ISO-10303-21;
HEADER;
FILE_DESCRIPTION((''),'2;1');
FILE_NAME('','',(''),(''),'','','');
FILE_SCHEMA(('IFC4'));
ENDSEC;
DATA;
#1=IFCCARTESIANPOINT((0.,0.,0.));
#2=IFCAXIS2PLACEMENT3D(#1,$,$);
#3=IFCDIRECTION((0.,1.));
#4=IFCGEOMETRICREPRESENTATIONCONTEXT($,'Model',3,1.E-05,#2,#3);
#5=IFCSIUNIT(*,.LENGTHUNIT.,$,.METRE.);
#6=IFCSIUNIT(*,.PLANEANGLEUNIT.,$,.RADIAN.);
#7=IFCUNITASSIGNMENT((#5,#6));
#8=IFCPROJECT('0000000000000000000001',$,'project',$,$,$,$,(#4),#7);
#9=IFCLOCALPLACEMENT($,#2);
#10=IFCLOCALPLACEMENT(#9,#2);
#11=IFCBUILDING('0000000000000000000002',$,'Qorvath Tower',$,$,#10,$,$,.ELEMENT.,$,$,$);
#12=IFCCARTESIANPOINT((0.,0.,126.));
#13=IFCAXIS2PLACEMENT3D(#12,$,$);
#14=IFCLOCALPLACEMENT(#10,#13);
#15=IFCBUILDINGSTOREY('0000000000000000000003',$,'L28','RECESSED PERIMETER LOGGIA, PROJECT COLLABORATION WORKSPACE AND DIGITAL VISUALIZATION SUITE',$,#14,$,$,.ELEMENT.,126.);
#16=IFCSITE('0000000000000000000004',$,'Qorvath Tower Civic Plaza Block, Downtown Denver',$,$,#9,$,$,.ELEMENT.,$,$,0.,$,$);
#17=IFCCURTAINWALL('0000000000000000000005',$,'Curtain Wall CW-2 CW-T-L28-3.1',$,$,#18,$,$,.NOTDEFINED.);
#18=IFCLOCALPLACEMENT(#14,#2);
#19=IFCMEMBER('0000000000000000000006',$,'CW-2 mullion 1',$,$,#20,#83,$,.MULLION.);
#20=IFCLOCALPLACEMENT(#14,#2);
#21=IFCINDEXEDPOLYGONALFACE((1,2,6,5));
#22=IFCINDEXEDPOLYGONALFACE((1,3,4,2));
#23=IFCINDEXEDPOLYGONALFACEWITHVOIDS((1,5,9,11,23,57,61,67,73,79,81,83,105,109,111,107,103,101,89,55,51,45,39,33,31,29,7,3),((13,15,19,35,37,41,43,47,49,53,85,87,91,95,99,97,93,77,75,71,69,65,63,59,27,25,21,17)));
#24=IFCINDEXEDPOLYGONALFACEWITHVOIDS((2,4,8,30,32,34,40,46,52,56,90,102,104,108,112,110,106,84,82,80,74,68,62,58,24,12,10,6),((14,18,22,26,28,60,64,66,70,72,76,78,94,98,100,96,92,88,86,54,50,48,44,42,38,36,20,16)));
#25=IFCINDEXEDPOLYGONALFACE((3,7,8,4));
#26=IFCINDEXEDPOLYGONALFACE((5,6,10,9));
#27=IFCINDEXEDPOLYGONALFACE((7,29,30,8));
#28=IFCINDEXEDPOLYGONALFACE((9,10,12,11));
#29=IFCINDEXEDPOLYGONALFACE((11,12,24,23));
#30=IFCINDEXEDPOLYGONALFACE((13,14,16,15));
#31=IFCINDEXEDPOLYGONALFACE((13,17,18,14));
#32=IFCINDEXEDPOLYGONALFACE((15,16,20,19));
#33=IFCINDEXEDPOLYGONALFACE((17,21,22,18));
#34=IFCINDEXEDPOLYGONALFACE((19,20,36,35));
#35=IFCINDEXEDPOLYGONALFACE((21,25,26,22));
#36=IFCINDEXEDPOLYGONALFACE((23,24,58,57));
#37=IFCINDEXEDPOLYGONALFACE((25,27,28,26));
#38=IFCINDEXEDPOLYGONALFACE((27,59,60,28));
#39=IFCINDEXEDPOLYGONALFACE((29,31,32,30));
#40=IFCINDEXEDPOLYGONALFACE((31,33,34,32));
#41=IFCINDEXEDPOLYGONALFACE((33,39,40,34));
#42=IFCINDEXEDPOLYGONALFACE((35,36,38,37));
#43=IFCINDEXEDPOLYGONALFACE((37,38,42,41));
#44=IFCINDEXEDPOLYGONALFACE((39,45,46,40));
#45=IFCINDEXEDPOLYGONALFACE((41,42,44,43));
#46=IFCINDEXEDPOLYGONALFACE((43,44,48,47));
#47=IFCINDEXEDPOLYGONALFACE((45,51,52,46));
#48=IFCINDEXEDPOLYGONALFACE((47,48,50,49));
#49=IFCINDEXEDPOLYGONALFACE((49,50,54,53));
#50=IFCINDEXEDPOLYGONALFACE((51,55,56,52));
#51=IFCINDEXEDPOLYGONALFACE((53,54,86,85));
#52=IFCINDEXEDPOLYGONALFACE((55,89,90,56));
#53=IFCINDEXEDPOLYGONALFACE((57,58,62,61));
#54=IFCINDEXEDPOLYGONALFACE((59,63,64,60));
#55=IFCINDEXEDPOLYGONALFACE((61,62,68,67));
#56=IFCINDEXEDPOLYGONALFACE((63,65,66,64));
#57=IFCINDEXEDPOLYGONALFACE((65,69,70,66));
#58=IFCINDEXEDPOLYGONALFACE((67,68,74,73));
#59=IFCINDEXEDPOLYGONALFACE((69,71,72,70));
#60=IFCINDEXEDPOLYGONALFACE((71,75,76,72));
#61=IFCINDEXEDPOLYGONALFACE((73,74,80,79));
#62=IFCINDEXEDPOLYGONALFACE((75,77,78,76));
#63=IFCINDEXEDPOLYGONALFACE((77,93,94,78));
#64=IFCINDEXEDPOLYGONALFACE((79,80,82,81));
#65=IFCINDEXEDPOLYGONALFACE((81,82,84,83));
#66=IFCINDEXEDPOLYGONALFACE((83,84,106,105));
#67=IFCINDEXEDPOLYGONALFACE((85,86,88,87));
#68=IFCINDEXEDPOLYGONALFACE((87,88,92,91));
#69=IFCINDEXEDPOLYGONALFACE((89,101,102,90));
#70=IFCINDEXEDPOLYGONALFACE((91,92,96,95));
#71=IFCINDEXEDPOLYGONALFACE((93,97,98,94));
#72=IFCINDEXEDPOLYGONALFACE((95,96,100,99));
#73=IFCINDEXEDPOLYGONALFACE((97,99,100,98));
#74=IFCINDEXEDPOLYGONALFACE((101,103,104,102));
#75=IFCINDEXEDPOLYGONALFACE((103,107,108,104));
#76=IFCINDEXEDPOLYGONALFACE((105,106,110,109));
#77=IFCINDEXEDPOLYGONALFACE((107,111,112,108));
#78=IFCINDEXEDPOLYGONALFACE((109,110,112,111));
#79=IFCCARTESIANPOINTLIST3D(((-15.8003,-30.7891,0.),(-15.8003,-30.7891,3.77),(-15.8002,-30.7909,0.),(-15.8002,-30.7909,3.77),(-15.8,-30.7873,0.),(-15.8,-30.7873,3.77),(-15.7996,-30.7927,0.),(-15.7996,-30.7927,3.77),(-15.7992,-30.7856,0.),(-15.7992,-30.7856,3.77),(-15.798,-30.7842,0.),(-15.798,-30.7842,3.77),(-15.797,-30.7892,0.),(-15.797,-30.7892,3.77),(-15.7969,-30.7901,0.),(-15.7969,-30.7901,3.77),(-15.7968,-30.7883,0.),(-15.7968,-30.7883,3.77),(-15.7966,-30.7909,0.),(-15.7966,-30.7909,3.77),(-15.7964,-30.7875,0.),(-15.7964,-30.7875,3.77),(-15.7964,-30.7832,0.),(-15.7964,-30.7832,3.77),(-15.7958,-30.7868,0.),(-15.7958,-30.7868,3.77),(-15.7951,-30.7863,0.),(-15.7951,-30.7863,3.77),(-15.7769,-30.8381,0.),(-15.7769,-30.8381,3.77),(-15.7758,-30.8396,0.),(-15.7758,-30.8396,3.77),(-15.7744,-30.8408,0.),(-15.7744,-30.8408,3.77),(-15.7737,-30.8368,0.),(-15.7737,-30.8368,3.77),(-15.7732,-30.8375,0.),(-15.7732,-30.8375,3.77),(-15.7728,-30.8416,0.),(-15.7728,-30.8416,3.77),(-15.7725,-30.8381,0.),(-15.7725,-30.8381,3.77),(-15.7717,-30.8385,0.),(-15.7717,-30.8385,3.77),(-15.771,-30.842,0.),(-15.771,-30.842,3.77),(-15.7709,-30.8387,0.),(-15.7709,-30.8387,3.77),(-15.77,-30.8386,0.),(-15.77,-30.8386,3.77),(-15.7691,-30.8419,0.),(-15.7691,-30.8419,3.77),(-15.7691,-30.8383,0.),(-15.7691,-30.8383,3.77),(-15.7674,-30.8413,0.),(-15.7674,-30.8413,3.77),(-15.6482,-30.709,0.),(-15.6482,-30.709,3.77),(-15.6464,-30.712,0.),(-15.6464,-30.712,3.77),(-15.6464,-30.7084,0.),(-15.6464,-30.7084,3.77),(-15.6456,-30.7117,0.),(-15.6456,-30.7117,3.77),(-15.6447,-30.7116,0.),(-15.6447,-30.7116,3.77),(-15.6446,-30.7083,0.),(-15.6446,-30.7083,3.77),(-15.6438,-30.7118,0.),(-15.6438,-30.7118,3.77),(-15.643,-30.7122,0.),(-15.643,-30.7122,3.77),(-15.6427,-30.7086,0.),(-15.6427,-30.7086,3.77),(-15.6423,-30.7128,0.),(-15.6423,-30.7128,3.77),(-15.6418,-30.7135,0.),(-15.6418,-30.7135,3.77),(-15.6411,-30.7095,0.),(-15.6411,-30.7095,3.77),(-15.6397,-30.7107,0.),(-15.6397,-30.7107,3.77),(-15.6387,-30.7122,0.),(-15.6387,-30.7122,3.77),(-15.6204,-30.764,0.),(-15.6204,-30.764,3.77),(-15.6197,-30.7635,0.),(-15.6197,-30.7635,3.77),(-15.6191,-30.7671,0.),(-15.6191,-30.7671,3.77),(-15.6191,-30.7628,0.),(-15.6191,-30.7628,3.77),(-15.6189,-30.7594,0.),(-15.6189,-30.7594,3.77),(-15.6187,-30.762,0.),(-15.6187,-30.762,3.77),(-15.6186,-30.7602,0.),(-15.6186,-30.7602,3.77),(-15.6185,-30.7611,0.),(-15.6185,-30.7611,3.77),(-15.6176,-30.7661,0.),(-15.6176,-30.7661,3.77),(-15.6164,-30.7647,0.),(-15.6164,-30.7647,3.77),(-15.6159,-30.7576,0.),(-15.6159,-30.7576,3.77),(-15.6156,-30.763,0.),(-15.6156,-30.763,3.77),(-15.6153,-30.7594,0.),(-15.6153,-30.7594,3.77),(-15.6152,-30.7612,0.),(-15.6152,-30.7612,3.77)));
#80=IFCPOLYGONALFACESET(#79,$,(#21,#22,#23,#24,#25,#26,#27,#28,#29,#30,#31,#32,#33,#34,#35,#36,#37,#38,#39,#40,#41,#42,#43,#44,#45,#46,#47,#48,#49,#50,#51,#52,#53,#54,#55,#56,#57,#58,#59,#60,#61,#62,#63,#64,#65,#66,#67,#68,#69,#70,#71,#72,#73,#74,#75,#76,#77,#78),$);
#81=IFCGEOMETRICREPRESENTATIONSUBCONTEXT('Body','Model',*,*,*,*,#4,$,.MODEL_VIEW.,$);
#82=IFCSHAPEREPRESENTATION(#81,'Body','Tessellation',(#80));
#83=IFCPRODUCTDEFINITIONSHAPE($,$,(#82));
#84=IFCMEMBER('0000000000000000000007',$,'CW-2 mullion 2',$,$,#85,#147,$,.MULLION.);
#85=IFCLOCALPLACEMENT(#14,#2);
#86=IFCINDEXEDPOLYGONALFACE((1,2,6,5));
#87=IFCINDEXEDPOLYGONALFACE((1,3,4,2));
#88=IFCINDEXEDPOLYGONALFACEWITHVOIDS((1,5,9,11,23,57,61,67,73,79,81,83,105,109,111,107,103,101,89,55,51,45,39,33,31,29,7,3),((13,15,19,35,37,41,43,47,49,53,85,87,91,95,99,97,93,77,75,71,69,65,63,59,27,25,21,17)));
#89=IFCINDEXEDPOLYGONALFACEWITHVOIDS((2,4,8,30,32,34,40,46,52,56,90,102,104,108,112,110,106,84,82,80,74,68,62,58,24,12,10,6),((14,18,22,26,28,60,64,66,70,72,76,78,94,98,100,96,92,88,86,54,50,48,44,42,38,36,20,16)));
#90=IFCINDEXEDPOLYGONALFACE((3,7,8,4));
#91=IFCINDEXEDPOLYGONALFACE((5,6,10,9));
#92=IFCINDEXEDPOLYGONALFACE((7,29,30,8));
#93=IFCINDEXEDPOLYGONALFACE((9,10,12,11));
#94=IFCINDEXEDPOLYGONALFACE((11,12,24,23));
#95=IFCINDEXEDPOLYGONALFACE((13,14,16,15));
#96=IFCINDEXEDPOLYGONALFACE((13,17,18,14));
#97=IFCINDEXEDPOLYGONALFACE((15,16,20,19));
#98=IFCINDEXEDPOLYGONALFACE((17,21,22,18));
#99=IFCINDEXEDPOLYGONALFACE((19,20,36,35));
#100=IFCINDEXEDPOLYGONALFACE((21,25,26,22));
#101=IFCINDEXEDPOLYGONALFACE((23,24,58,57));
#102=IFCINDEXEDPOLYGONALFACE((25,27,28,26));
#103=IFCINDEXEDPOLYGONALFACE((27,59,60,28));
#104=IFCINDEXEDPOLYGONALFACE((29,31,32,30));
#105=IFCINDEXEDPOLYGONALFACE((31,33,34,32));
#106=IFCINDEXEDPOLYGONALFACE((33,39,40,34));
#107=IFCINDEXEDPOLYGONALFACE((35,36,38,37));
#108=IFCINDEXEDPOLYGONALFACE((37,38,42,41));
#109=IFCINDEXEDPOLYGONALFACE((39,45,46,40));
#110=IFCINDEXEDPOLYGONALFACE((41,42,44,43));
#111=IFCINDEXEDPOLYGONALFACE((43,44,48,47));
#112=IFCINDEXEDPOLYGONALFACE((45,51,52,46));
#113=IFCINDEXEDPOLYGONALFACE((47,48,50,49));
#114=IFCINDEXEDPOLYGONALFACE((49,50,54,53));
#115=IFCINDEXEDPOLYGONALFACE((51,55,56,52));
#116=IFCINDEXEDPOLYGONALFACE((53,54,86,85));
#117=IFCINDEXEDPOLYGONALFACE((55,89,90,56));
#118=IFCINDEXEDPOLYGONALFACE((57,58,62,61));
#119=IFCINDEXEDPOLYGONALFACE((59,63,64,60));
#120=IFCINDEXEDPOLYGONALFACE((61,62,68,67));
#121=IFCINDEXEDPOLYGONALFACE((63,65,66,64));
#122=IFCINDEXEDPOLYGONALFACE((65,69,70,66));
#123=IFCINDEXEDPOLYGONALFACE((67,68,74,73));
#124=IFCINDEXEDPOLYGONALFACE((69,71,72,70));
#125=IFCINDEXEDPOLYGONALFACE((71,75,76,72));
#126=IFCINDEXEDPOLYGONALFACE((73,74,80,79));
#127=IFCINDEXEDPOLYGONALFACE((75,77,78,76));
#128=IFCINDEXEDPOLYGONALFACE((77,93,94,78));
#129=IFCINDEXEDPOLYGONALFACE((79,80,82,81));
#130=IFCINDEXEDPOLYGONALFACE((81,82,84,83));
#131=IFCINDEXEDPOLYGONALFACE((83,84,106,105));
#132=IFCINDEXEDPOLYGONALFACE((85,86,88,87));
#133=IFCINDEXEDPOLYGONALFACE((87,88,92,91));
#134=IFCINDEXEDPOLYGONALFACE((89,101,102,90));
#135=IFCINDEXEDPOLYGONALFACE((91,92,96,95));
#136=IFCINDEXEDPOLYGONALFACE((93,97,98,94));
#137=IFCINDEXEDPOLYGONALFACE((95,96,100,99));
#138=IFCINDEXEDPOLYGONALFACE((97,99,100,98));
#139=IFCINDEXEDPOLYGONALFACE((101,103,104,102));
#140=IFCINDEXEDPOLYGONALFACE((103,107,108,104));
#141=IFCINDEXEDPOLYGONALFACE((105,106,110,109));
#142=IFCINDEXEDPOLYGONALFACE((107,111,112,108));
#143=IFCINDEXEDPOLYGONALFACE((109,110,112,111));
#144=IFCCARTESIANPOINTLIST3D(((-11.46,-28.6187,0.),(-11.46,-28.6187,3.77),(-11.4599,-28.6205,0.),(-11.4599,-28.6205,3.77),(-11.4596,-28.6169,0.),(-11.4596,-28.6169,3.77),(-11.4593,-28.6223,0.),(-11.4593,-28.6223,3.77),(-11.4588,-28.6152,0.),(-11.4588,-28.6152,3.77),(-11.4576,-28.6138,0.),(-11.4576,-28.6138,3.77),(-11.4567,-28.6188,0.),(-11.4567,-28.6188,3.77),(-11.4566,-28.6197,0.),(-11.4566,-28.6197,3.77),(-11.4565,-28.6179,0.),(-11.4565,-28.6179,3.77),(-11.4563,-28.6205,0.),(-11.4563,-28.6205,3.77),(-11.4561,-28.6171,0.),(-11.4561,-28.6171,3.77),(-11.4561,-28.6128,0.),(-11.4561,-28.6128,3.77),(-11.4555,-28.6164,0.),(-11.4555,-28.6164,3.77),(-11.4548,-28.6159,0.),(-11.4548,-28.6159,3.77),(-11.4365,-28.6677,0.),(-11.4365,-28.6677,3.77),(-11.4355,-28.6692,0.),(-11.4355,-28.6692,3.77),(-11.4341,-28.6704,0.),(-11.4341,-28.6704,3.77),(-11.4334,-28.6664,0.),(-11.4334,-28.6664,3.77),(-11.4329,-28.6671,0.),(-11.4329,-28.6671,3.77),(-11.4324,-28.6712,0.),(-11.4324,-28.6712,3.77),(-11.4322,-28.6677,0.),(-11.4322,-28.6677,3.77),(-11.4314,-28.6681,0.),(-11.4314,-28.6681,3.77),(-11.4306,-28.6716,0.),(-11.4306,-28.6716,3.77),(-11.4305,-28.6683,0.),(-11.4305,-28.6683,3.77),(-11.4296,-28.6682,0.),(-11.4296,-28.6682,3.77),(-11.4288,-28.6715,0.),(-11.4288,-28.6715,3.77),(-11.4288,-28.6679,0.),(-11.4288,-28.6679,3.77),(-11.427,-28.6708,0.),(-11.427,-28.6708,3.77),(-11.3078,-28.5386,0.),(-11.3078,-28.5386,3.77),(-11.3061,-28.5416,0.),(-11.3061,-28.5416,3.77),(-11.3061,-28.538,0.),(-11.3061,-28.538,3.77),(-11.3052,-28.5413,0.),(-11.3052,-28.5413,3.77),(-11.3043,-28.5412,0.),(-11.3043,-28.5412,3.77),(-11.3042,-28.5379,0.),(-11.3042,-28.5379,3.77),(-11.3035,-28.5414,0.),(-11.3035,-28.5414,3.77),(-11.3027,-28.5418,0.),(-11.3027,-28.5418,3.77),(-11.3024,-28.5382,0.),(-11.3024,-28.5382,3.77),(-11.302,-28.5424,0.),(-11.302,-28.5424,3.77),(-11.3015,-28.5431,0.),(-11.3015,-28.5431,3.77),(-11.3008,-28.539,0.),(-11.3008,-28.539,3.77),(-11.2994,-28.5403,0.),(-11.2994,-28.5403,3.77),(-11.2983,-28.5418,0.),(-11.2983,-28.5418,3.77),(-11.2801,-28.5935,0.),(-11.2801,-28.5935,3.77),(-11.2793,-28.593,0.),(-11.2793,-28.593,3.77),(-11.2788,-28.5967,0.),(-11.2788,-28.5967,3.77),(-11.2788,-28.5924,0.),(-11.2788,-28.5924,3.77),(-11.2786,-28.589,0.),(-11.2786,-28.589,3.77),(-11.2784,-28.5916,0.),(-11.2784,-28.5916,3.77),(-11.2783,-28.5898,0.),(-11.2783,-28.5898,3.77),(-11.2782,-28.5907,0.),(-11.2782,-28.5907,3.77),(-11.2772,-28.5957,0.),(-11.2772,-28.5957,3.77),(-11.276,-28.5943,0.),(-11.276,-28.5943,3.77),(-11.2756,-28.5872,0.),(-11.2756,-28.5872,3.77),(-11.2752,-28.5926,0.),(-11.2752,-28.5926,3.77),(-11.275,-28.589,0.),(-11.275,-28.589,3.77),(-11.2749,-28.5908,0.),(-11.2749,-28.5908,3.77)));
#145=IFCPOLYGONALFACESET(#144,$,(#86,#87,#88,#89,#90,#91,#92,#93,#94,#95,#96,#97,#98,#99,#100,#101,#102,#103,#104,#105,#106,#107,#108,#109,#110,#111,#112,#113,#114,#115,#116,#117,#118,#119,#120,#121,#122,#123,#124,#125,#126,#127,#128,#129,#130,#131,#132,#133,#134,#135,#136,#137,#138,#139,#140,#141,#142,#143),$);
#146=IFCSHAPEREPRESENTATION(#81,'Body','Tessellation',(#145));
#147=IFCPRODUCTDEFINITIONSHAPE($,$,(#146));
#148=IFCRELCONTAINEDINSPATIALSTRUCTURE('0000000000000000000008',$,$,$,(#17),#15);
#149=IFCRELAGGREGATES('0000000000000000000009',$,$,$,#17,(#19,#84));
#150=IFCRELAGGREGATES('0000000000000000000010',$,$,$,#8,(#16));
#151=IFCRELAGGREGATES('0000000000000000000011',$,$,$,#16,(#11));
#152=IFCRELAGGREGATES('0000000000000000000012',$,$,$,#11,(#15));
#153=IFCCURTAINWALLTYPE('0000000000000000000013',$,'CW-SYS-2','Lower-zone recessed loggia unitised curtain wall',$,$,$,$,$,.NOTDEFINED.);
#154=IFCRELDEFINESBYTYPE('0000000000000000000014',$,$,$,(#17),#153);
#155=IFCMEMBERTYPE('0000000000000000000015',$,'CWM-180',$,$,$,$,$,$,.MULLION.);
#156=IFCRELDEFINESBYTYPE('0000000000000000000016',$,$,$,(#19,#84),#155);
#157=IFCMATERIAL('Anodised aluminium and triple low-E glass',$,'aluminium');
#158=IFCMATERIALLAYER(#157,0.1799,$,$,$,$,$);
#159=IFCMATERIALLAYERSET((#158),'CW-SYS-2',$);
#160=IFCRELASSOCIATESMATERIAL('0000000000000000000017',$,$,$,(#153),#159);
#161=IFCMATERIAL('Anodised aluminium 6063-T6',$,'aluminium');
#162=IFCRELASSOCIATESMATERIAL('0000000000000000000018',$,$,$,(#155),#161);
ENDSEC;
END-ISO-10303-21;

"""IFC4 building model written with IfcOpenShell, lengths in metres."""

from ifc_helpers import new_model, si_unit, direction, frame, origin, origin_2d, place, context, subcontext, project, spatial, hollow_rectangle, extrude, material, layer, layer_set, material_profile, profile_set, type_object, element, aggregate, save


model = new_model("IFC4")

# Units and contexts
model_context = context("Model", 3, precision=1e-05, world=origin(), true_north=direction((0.0, 1.0)))
body_context = subcontext(model_context, "Body", "Model", "MODEL_VIEW")
ifc_project = project(units=[si_unit("LENGTHUNIT", "METRE"), si_unit("PLANEANGLEUNIT", "RADIAN")], contexts=[model_context])

# Site, building, storey
site_placement = place(None, origin())
site = spatial("IfcSite", under=ifc_project, at=site_placement, Name="Qorvath Tower Civic Plaza Block, Downtown Denver", CompositionType="ELEMENT", RefElevation=0.0)
building_placement = place(site_placement, origin())
building = spatial("IfcBuilding", under=site, at=building_placement, Name="Qorvath Tower", CompositionType="ELEMENT")
storey_placement = place(building_placement, frame((0.0, 0.0, 126.0)))
storey = spatial("IfcBuildingStorey", under=building, at=storey_placement, Name="L28", Description="RECESSED PERIMETER LOGGIA, PROJECT COLLABORATION WORKSPACE AND DIGITAL VISUALIZATION SUITE", CompositionType="ELEMENT", Elevation=126.0)

# Curtain wall, members
ifc_material_1 = material(Name="Anodised aluminium and triple low-E glass", Category="aluminium")
ifc_layer_1 = layer(ifc_material_1, 0.1799)
ifc_layer_set_1 = layer_set([ifc_layer_1], Name="CW-SYS-2")
curtain_wall_type = type_object("IfcCurtainWallType", Name="CW-SYS-2", Description="Lower-zone recessed loggia unitised curtain wall", PredefinedType="NOTDEFINED", material=ifc_layer_set_1)
ifc_material_2 = material(Name="Anodised aluminium 6063-T6", Category="aluminium")
ifc_material_profile_1 = material_profile(ifc_material_2, hollow_rectangle(XDim=0.0649, YDim=0.1799, WallThickness=0.0034, InnerFilletRadius=0.0034, OuterFilletRadius=0.0071, at=origin_2d()), Name="CWM 180x65")
ifc_profile_set_1 = profile_set([ifc_material_profile_1], Name="Anodised aluminium 6063-T6")
member_type_1 = type_object("IfcMemberType", Name="CWM-180", PredefinedType="MULLION", material=ifc_profile_set_1)
curtain_wall_1_placement = place(storey_placement, origin())
curtain_wall_1 = element("IfcCurtainWall", 1, at=curtain_wall_1_placement, inside=storey, type_object=curtain_wall_type, Name="Curtain Wall CW-2 CW-T-L28-3.1", PredefinedType="NOTDEFINED")
member_1_placement = place(storey_placement, frame((-15.7078, -30.7751, 0.0), z_axis=(0.0, 0.0, 1.0), x_axis=(-0.447262, 0.894403, 0.0)))
member_1 = element("IfcMember", 2, at=member_1_placement, type_object=member_type_1, Name="CW-2 mullion 1", PredefinedType="MULLION", context=body_context, shape_type="SweptSolid", body=[
    extrude(hollow_rectangle(XDim=0.0649, YDim=0.1799, WallThickness=0.0034, InnerFilletRadius=0.0034, OuterFilletRadius=0.0071, at=origin_2d()), origin(), (0.0, 0.0, 1.0), 3.77),
])
member_2_placement = place(storey_placement, frame((-11.3674, -28.6047, 0.0), z_axis=(0.0, 0.0, 1.0), x_axis=(-0.447262, 0.894403, 0.0)))
member_2 = element("IfcMember", 3, at=member_2_placement, type_object=member_type_1, Name="CW-2 mullion 2", PredefinedType="MULLION", context=body_context, shape_type="SweptSolid", body=[
    extrude(hollow_rectangle(XDim=0.0649, YDim=0.1799, WallThickness=0.0034, InnerFilletRadius=0.0034, OuterFilletRadius=0.0071, at=origin_2d()), origin(), (0.0, 0.0, 1.0), 3.77),
])

aggregate(curtain_wall_1, [member_1, member_2])

save(model, "model.ifc")
